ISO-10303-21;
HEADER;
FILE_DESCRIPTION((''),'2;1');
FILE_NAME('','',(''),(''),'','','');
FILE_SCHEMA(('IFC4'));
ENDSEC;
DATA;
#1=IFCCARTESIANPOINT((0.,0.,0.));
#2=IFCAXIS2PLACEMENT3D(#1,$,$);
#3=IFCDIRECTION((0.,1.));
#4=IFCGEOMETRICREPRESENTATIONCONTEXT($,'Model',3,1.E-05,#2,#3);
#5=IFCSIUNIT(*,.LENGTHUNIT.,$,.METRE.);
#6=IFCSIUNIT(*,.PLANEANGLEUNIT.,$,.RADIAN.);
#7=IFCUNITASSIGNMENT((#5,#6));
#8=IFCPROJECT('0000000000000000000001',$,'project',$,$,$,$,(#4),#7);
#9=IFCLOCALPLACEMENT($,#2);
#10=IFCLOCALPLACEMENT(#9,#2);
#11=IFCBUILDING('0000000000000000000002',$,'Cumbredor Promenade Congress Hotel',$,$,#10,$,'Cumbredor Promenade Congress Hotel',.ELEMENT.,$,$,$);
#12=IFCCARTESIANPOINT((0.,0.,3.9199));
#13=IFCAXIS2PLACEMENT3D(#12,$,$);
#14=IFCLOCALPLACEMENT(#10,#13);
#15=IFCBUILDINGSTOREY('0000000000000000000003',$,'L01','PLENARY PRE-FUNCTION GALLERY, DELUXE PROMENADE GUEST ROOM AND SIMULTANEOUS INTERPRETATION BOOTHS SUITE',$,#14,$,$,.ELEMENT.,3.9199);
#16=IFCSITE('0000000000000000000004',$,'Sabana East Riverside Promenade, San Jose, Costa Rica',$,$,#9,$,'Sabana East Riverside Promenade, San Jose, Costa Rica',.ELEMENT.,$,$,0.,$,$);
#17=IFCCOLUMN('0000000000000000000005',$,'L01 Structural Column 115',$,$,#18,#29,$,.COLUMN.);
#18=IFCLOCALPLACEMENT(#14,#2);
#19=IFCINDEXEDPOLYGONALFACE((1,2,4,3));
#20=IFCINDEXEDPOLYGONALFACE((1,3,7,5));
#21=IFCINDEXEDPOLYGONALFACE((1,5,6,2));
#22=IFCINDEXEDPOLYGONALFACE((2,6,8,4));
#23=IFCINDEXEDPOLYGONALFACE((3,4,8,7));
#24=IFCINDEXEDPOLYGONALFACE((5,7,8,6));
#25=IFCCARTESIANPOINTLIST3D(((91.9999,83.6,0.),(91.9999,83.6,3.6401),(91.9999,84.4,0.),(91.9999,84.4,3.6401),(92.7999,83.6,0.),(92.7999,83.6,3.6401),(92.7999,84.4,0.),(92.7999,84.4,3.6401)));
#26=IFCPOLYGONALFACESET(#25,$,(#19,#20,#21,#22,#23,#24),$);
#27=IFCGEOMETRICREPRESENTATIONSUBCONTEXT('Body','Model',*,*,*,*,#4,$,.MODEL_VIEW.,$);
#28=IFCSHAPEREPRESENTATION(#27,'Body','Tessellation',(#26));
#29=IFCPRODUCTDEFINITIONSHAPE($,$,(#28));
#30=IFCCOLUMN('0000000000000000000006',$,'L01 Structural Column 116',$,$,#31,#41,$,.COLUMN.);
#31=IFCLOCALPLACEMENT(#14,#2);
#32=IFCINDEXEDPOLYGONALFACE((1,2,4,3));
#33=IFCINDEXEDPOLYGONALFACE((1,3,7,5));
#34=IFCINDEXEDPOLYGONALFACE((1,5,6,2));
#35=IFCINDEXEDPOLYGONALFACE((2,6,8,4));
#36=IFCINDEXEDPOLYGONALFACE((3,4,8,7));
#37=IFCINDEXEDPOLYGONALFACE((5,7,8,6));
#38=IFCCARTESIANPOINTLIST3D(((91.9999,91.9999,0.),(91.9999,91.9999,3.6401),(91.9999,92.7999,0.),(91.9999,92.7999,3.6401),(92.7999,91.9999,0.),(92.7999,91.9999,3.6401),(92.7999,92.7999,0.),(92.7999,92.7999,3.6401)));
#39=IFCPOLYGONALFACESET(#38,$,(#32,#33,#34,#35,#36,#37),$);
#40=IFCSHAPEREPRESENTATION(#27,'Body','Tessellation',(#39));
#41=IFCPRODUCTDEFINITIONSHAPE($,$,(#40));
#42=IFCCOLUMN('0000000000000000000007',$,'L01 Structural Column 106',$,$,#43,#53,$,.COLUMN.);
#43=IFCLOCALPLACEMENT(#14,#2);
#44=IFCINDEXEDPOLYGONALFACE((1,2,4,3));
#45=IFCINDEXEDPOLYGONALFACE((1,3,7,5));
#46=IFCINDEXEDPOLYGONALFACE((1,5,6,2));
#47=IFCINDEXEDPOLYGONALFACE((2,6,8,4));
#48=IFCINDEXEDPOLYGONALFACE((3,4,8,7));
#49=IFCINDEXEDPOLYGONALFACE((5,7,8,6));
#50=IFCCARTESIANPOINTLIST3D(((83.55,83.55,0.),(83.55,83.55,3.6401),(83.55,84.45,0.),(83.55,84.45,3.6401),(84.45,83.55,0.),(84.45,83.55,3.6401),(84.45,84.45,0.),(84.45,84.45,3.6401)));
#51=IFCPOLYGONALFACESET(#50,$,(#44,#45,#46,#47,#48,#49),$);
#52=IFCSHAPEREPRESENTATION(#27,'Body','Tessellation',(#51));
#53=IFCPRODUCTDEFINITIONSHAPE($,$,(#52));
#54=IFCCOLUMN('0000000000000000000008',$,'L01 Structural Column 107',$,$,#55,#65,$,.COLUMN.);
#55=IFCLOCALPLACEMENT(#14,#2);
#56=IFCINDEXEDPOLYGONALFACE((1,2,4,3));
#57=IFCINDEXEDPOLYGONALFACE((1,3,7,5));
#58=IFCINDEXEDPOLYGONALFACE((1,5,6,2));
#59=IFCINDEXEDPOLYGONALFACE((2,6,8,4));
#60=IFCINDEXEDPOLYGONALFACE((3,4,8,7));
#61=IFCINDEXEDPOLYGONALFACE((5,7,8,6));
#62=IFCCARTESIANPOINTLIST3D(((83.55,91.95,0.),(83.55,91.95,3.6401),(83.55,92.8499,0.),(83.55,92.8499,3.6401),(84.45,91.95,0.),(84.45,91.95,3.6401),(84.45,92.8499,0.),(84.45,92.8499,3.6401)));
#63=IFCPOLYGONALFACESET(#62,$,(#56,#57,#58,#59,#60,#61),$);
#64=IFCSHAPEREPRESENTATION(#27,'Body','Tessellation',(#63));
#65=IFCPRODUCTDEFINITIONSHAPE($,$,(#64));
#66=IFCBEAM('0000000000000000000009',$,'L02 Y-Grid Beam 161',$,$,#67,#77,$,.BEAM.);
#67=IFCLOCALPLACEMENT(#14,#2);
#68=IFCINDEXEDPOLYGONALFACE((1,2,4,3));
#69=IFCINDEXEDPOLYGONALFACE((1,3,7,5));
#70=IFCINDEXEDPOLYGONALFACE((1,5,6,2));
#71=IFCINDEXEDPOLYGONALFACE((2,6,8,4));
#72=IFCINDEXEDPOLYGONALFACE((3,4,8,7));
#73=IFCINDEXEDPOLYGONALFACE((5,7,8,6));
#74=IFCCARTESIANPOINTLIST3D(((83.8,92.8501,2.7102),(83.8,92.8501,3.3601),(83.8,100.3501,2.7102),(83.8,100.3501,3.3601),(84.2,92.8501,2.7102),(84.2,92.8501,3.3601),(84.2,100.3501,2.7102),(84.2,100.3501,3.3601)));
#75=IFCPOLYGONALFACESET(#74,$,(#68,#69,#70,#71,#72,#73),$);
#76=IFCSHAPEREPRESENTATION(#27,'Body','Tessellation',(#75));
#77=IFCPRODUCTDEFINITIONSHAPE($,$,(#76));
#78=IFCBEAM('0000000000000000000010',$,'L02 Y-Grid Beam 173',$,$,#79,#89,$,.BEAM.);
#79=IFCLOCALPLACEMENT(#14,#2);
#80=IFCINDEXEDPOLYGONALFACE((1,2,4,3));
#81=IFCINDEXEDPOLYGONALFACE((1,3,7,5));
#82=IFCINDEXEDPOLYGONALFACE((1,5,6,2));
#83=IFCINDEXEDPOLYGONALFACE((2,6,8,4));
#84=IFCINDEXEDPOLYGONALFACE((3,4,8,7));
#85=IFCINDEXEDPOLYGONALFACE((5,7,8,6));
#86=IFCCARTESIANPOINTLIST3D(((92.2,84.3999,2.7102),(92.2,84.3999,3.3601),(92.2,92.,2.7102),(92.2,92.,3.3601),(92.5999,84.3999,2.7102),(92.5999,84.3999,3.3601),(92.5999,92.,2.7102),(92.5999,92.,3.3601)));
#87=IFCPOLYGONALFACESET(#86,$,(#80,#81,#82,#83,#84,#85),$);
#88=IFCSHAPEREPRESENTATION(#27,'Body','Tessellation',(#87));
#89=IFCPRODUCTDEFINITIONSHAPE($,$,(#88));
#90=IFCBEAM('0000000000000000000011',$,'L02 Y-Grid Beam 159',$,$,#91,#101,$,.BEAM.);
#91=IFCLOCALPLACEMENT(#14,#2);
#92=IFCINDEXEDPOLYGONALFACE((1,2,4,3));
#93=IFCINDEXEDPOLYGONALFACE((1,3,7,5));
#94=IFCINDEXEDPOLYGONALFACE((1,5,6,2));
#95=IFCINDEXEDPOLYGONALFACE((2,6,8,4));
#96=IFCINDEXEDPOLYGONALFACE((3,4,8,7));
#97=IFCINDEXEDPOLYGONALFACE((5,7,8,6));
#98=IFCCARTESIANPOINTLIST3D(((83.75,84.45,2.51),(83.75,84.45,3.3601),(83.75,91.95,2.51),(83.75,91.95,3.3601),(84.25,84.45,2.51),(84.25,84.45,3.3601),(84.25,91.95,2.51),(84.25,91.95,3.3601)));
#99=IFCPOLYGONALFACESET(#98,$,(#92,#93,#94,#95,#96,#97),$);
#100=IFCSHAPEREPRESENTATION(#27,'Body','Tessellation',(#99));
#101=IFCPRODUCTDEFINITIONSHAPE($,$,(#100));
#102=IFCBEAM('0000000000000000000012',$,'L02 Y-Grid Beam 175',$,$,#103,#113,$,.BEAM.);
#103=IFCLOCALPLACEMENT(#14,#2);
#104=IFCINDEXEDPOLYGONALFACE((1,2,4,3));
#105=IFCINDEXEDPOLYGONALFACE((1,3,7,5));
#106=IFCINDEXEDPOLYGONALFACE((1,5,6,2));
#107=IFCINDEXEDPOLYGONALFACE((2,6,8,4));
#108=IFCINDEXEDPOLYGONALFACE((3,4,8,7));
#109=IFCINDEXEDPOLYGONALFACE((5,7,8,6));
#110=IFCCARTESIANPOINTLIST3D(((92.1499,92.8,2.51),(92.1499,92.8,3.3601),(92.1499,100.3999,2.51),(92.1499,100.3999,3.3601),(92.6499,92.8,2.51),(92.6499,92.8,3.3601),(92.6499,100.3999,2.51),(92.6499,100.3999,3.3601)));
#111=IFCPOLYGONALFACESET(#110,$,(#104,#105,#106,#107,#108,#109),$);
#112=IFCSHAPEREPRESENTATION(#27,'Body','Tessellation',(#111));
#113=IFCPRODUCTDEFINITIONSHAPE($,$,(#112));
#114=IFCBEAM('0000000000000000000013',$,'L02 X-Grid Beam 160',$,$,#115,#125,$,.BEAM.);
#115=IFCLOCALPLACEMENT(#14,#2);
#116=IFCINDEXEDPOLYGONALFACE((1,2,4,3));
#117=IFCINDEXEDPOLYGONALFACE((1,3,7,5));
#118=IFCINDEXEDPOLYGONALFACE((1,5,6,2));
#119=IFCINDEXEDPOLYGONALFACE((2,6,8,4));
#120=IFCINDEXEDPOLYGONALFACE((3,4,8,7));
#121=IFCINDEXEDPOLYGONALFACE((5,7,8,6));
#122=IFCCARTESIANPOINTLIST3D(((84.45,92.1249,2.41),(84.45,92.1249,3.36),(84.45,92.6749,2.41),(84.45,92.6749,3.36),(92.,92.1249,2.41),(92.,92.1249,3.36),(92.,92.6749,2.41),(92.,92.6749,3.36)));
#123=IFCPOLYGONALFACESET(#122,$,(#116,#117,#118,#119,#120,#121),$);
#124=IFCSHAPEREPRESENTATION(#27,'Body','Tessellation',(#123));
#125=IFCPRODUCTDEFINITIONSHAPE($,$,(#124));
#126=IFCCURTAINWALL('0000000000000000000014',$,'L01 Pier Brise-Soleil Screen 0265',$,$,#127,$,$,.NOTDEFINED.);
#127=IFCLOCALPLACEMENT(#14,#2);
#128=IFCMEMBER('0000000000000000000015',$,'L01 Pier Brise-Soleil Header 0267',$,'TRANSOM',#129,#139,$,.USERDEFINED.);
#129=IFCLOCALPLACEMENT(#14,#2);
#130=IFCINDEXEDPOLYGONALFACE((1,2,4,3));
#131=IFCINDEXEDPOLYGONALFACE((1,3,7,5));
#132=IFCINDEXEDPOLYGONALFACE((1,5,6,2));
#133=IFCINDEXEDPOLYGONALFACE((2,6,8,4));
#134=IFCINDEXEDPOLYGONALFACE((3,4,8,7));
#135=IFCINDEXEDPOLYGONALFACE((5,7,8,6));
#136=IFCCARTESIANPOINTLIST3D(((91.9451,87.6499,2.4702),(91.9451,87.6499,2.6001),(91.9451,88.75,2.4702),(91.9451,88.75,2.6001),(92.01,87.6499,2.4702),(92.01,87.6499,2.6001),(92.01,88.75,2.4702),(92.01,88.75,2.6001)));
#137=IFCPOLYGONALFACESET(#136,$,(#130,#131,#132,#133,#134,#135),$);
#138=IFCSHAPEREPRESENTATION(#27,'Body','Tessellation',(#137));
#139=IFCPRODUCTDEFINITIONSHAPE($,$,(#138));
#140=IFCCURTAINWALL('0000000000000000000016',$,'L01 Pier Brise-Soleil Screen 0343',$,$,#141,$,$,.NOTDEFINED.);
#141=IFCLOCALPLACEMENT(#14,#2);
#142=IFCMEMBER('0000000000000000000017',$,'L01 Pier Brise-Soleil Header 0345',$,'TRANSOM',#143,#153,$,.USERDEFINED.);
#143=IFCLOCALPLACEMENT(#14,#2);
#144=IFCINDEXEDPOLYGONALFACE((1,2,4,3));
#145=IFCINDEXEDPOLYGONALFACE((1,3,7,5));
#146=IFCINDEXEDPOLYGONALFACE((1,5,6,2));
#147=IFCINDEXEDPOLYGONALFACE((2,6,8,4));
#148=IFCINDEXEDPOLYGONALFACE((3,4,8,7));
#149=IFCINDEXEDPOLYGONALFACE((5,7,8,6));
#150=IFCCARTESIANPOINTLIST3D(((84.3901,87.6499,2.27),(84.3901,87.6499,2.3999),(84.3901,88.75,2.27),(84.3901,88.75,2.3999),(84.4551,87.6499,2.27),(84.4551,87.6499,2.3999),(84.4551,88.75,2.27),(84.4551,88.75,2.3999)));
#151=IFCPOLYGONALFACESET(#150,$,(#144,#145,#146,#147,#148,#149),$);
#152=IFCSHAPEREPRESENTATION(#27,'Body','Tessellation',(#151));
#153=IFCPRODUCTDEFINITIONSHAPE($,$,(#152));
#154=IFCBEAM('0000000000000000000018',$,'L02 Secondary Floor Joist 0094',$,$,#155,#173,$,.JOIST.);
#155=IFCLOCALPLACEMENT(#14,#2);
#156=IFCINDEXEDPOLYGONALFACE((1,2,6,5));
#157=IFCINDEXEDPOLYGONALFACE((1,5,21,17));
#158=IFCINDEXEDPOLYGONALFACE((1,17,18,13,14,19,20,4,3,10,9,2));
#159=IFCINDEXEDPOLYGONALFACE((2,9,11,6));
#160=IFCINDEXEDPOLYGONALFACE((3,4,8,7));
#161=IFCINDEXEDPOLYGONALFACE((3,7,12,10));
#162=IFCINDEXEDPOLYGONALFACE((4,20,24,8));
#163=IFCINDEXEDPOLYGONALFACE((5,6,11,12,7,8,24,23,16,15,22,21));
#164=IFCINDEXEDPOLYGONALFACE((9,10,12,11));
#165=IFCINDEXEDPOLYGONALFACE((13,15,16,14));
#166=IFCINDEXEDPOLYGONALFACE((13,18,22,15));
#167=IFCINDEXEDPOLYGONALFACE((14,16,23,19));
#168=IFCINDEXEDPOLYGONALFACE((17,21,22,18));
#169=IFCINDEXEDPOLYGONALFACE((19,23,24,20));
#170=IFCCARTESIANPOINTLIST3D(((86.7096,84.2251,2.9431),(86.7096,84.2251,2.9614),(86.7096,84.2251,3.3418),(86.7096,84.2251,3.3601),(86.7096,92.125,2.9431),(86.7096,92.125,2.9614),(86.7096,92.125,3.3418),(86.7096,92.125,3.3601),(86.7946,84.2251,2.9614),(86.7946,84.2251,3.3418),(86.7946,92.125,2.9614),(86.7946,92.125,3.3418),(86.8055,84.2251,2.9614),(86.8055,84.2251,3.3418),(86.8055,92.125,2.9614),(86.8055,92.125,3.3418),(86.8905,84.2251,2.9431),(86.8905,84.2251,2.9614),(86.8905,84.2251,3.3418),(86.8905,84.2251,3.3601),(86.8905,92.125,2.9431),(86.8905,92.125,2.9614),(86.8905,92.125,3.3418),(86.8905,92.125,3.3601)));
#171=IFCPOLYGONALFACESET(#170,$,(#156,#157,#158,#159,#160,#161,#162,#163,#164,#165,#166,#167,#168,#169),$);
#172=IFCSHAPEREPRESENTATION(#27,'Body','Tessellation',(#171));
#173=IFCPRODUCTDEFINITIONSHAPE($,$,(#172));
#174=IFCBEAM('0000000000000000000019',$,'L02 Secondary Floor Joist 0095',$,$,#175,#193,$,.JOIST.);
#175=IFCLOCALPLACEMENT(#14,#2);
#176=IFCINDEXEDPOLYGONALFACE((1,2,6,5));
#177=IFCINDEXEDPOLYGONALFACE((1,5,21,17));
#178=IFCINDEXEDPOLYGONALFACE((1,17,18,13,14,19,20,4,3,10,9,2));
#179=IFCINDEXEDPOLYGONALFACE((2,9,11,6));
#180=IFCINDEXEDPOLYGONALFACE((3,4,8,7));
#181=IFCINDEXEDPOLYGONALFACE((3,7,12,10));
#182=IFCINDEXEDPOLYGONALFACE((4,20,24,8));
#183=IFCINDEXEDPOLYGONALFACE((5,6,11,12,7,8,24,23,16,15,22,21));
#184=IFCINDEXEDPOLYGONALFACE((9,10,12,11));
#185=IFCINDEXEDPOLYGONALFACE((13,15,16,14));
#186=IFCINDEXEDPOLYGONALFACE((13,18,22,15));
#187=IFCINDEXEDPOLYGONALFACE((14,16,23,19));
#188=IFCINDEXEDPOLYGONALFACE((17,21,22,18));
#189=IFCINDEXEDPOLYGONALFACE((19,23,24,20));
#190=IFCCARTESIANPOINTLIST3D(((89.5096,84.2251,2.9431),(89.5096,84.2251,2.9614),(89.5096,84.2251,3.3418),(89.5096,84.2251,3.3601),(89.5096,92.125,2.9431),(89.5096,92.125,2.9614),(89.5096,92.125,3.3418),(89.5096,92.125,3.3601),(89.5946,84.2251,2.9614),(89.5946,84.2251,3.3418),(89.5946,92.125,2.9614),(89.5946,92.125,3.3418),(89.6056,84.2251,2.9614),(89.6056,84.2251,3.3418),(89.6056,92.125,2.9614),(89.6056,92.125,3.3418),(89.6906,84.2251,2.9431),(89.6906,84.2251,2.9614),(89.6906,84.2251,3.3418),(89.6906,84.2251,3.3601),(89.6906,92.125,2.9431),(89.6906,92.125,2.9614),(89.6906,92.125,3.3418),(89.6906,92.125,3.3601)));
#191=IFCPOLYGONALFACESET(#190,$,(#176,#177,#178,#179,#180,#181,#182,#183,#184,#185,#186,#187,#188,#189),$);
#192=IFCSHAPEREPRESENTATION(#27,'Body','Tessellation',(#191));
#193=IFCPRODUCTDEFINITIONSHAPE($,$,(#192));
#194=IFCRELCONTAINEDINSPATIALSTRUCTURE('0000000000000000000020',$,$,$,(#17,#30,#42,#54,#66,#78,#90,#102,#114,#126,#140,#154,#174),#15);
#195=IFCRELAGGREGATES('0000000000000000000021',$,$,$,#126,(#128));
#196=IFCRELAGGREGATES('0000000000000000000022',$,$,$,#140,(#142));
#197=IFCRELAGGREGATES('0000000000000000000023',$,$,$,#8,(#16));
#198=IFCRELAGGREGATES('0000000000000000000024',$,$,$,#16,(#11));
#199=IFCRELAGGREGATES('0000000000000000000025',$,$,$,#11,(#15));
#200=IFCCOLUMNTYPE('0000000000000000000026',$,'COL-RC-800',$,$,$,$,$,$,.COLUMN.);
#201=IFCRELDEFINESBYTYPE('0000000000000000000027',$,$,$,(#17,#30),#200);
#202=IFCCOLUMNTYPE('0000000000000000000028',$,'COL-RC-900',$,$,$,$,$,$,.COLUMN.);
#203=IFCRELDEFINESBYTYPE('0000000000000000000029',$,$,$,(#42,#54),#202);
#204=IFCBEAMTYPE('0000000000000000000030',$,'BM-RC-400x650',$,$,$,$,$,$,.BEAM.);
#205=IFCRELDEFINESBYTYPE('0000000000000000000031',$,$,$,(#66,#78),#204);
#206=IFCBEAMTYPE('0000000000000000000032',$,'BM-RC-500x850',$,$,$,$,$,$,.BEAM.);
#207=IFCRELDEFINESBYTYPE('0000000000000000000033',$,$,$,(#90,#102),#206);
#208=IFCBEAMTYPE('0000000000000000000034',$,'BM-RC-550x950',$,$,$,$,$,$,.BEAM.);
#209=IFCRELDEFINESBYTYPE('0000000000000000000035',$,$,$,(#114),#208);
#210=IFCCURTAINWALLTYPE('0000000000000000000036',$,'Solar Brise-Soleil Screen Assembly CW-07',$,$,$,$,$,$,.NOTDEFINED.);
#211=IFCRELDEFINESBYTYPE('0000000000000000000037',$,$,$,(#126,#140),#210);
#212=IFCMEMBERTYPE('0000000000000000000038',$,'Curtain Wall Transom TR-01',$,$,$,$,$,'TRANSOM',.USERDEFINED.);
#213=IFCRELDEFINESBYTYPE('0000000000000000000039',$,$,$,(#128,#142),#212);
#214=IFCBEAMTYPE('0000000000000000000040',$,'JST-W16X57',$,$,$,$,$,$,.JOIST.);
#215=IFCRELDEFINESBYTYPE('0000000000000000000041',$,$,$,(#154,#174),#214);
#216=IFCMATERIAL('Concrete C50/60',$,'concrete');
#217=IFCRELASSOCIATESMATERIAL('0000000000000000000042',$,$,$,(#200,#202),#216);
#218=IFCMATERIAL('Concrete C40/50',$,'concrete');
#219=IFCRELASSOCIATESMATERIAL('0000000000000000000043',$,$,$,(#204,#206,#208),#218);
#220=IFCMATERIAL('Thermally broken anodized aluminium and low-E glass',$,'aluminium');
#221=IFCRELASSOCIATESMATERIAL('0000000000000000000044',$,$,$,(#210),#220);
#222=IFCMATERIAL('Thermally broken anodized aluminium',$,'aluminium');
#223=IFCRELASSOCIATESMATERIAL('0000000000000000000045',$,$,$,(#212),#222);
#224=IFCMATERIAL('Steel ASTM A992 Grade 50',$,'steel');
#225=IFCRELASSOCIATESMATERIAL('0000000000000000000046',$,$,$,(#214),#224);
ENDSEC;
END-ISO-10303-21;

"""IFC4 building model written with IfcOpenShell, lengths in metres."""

from ifc_helpers import new_model, si_unit, direction, frame, origin, origin_2d, place, context, subcontext, project, spatial, rectangle, i_section, extrude, material, material_profile, profile_set, type_object, element, aggregate, save


model = new_model("IFC4")

# Units and contexts
model_context = context("Model", 3, precision=1e-05, world=origin(), true_north=direction((0.0, 1.0)))
body_context = subcontext(model_context, "Body", "Model", "MODEL_VIEW")
ifc_project = project(units=[si_unit("LENGTHUNIT", "METRE"), si_unit("PLANEANGLEUNIT", "RADIAN")], contexts=[model_context])

# Site, building, storey
site_placement = place(None, origin())
site = spatial("IfcSite", under=ifc_project, at=site_placement, Name="Sabana East Riverside Promenade, San Jose, Costa Rica", LongName="Sabana East Riverside Promenade, San Jose, Costa Rica", CompositionType="ELEMENT", RefElevation=0.0)
building_placement = place(site_placement, origin())
building = spatial("IfcBuilding", under=site, at=building_placement, Name="Cumbredor Promenade Congress Hotel", LongName="Cumbredor Promenade Congress Hotel", CompositionType="ELEMENT")
storey_placement = place(building_placement, frame((0.0, 0.0, 3.9199)))
storey = spatial("IfcBuildingStorey", under=building, at=storey_placement, Name="L01", Description="PLENARY PRE-FUNCTION GALLERY, DELUXE PROMENADE GUEST ROOM AND SIMULTANEOUS INTERPRETATION BOOTHS SUITE", CompositionType="ELEMENT", Elevation=3.9199)

# Columns
ifc_material_1 = material(Name="Concrete C50/60", Category="concrete")
ifc_material_profile_1 = material_profile(ifc_material_1, rectangle(XDim=0.8, YDim=0.8, at=origin_2d()), Name="RC 800x800")
ifc_profile_set_1 = profile_set([ifc_material_profile_1], Name="Concrete C50/60")
column_type_1 = type_object("IfcColumnType", Name="COL-RC-800", PredefinedType="COLUMN", material=ifc_profile_set_1)
for number, where, z_axis, x_axis, name in (
    (1, (92.3999, 84.0, 0.0), (0.0, 0.0, 1.0), (1.0, 0.0, 0.0), "L01 Structural Column 115"),
    (2, (92.3999, 92.3999, 0.0), (0.0, 0.0, 1.0), (1.0, 0.0, 0.0), "L01 Structural Column 116"),
):
    element("IfcColumn", number, at=place(storey_placement, frame(where, z_axis=z_axis, x_axis=x_axis)), inside=storey, type_object=column_type_1, Name=name, PredefinedType="COLUMN", context=body_context, shape_type="SweptSolid", body=[
        extrude(rectangle(XDim=0.8, YDim=0.8, at=origin_2d()), origin(), (0.0, 0.0, 1.0), 3.6401),
    ])
ifc_material_profile_2 = material_profile(ifc_material_1, rectangle(XDim=0.8999, YDim=0.8999, at=origin_2d()), Name="RC 900x900")
ifc_profile_set_2 = profile_set([ifc_material_profile_2], Name="Concrete C50/60")
column_type_2 = type_object("IfcColumnType", Name="COL-RC-900", PredefinedType="COLUMN", material=ifc_profile_set_2)
for number, where, z_axis, x_axis, name in (
    (3, (84.0, 84.0, 0.0), (0.0, 0.0, 1.0), (1.0, 0.0, 0.0), "L01 Structural Column 106"),
    (4, (84.0, 92.3999, 0.0), (0.0, 0.0, 1.0), (1.0, 0.0, 0.0), "L01 Structural Column 107"),
):
    element("IfcColumn", number, at=place(storey_placement, frame(where, z_axis=z_axis, x_axis=x_axis)), inside=storey, type_object=column_type_2, Name=name, PredefinedType="COLUMN", context=body_context, shape_type="SweptSolid", body=[
        extrude(rectangle(XDim=0.8999, YDim=0.8999, at=origin_2d()), origin(), (0.0, 0.0, 1.0), 3.6401),
    ])

# Beams
ifc_material_2 = material(Name="Concrete C40/50", Category="concrete")
ifc_material_profile_3 = material_profile(ifc_material_2, rectangle(XDim=0.3999, YDim=0.6499, at=origin_2d()), Name="RC BEAM 400x650")
ifc_profile_set_3 = profile_set([ifc_material_profile_3], Name="Concrete C40/50")
beam_type_1 = type_object("IfcBeamType", Name="BM-RC-400x650", PredefinedType="BEAM", material=ifc_profile_set_3)
beam_1_placement = place(storey_placement, frame((84.0, 92.8501, 3.0352), z_axis=(0.0, 1.0, 0.0), x_axis=(-1.0, 0.0, 0.0)))
element("IfcBeam", 5, at=beam_1_placement, inside=storey, type_object=beam_type_1, Name="L02 Y-Grid Beam 161", PredefinedType="BEAM", context=body_context, shape_type="SweptSolid", body=[
    extrude(rectangle(XDim=0.3999, YDim=0.6499, at=origin_2d()), origin(), (0.0, 0.0, 1.0), 7.5),
])
beam_2_placement = place(storey_placement, frame((92.3999, 84.3999, 3.0352), z_axis=(0.0, 1.0, 0.0), x_axis=(-1.0, 0.0, 0.0)))
element("IfcBeam", 6, at=beam_2_placement, inside=storey, type_object=beam_type_1, Name="L02 Y-Grid Beam 173", PredefinedType="BEAM", context=body_context, shape_type="SweptSolid", body=[
    extrude(rectangle(XDim=0.3999, YDim=0.6499, at=origin_2d()), origin(), (0.0, 0.0, 1.0), 7.6001),
])
ifc_material_profile_4 = material_profile(ifc_material_2, rectangle(XDim=0.5, YDim=0.8501, at=origin_2d()), Name="RC BEAM 500x850")
ifc_profile_set_4 = profile_set([ifc_material_profile_4], Name="Concrete C40/50")
beam_type_2 = type_object("IfcBeamType", Name="BM-RC-500x850", PredefinedType="BEAM", material=ifc_profile_set_4)
beam_3_placement = place(storey_placement, frame((84.0, 84.45, 2.9351), z_axis=(0.0, 1.0, 0.0), x_axis=(-1.0, 0.0, 0.0)))
element("IfcBeam", 7, at=beam_3_placement, inside=storey, type_object=beam_type_2, Name="L02 Y-Grid Beam 159", PredefinedType="BEAM", context=body_context, shape_type="SweptSolid", body=[
    extrude(rectangle(XDim=0.5, YDim=0.8501, at=origin_2d()), origin(), (0.0, 0.0, 1.0), 7.5),
])
beam_4_placement = place(storey_placement, frame((92.3999, 92.8, 2.9351), z_axis=(0.0, 1.0, 0.0), x_axis=(-1.0, 0.0, 0.0)))
element("IfcBeam", 8, at=beam_4_placement, inside=storey, type_object=beam_type_2, Name="L02 Y-Grid Beam 175", PredefinedType="BEAM", context=body_context, shape_type="SweptSolid", body=[
    extrude(rectangle(XDim=0.5, YDim=0.8501, at=origin_2d()), origin(), (0.0, 0.0, 1.0), 7.5999),
])
ifc_material_profile_5 = material_profile(ifc_material_2, rectangle(XDim=0.55, YDim=0.95, at=origin_2d()), Name="RC BEAM 550x950")
ifc_profile_set_5 = profile_set([ifc_material_profile_5], Name="Concrete C40/50")
beam_type_3 = type_object("IfcBeamType", Name="BM-RC-550x950", PredefinedType="BEAM", material=ifc_profile_set_5)
beam_5_placement = place(storey_placement, frame((84.45, 92.3999, 2.885), z_axis=(1.0, 0.0, 0.0), x_axis=(0.0, 1.0, 0.0)))
element("IfcBeam", 9, at=beam_5_placement, inside=storey, type_object=beam_type_3, Name="L02 X-Grid Beam 160", PredefinedType="BEAM", context=body_context, shape_type="SweptSolid", body=[
    extrude(rectangle(XDim=0.55, YDim=0.95, at=origin_2d()), origin(), (0.0, 0.0, 1.0), 7.55),
])

# Curtain walls, members
ifc_material_3 = material(Name="Thermally broken anodized aluminium and low-E glass", Category="aluminium")
curtain_wall_type = type_object("IfcCurtainWallType", Name="Solar Brise-Soleil Screen Assembly CW-07", PredefinedType="NOTDEFINED", material=ifc_material_3)
curtain_wall_1_placement = place(storey_placement, origin())
curtain_wall_1 = element("IfcCurtainWall", 10, at=curtain_wall_1_placement, inside=storey, type_object=curtain_wall_type, Name="L01 Pier Brise-Soleil Screen 0265", PredefinedType="NOTDEFINED")
ifc_material_4 = material(Name="Thermally broken anodized aluminium", Category="aluminium")
ifc_material_profile_6 = material_profile(ifc_material_4, rectangle(XDim=0.0649, YDim=0.1299, at=origin_2d()), Name="ALU TRANSOM 65x130")
ifc_profile_set_6 = profile_set([ifc_material_profile_6], Name="Thermally broken anodized aluminium")
member_type_1 = type_object("IfcMemberType", Name="Curtain Wall Transom TR-01", ElementType="TRANSOM", PredefinedType="USERDEFINED", material=ifc_profile_set_6)
member_1_placement = place(storey_placement, frame((91.9775, 87.6499, 2.5352), z_axis=(0.0, 1.0, 0.0), x_axis=(-1.0, 0.0, 0.0)))
member_1 = element("IfcMember", 11, at=member_1_placement, type_object=member_type_1, Name="L01 Pier Brise-Soleil Header 0267", ObjectType="TRANSOM", PredefinedType="USERDEFINED", context=body_context, shape_type="SweptSolid", body=[
    extrude(rectangle(XDim=0.0649, YDim=0.1299, at=origin_2d()), origin(), (0.0, 0.0, 1.0), 1.1001),
])
curtain_wall_2_placement = place(storey_placement, origin())
curtain_wall_2 = element("IfcCurtainWall", 12, at=curtain_wall_2_placement, inside=storey, type_object=curtain_wall_type, Name="L01 Pier Brise-Soleil Screen 0343", PredefinedType="NOTDEFINED")
member_2_placement = place(storey_placement, frame((84.4226, 87.6499, 2.335), z_axis=(0.0, 1.0, 0.0), x_axis=(-1.0, 0.0, 0.0)))
member_2 = element("IfcMember", 13, at=member_2_placement, type_object=member_type_1, Name="L01 Pier Brise-Soleil Header 0345", ObjectType="TRANSOM", PredefinedType="USERDEFINED", context=body_context, shape_type="SweptSolid", body=[
    extrude(rectangle(XDim=0.0649, YDim=0.1299, at=origin_2d()), origin(), (0.0, 0.0, 1.0), 1.1001),
])

# Beams
ifc_material_5 = material(Name="Steel ASTM A992 Grade 50", Category="steel")
ifc_material_profile_7 = material_profile(ifc_material_5, i_section(OverallWidth=0.1809, OverallDepth=0.417, WebThickness=0.011, FlangeThickness=0.0183, at=origin_2d()), Name="W16X57")
ifc_profile_set_7 = profile_set([ifc_material_profile_7], Name="Steel ASTM A992 Grade 50")
beam_type_4 = type_object("IfcBeamType", Name="JST-W16X57", PredefinedType="JOIST", material=ifc_profile_set_7)
for number, where, z_axis, x_axis, name in (
    (14, (86.8, 84.2251, 3.1516), (0.0, 1.0, 0.0), (-1.0, 0.0, 0.0), "L02 Secondary Floor Joist 0094"),
    (15, (89.6001, 84.2251, 3.1516), (0.0, 1.0, 0.0), (-1.0, 0.0, 0.0), "L02 Secondary Floor Joist 0095"),
):
    element("IfcBeam", number, at=place(storey_placement, frame(where, z_axis=z_axis, x_axis=x_axis)), inside=storey, type_object=beam_type_4, Name=name, PredefinedType="JOIST", context=body_context, shape_type="SweptSolid", body=[
        extrude(i_section(OverallWidth=0.1809, OverallDepth=0.417, WebThickness=0.011, FlangeThickness=0.0183, at=origin_2d()), origin(), (0.0, 0.0, 1.0), 7.8999),
    ])

aggregate(curtain_wall_1, [member_1])
aggregate(curtain_wall_2, [member_2])

save(model, "model.ifc")
